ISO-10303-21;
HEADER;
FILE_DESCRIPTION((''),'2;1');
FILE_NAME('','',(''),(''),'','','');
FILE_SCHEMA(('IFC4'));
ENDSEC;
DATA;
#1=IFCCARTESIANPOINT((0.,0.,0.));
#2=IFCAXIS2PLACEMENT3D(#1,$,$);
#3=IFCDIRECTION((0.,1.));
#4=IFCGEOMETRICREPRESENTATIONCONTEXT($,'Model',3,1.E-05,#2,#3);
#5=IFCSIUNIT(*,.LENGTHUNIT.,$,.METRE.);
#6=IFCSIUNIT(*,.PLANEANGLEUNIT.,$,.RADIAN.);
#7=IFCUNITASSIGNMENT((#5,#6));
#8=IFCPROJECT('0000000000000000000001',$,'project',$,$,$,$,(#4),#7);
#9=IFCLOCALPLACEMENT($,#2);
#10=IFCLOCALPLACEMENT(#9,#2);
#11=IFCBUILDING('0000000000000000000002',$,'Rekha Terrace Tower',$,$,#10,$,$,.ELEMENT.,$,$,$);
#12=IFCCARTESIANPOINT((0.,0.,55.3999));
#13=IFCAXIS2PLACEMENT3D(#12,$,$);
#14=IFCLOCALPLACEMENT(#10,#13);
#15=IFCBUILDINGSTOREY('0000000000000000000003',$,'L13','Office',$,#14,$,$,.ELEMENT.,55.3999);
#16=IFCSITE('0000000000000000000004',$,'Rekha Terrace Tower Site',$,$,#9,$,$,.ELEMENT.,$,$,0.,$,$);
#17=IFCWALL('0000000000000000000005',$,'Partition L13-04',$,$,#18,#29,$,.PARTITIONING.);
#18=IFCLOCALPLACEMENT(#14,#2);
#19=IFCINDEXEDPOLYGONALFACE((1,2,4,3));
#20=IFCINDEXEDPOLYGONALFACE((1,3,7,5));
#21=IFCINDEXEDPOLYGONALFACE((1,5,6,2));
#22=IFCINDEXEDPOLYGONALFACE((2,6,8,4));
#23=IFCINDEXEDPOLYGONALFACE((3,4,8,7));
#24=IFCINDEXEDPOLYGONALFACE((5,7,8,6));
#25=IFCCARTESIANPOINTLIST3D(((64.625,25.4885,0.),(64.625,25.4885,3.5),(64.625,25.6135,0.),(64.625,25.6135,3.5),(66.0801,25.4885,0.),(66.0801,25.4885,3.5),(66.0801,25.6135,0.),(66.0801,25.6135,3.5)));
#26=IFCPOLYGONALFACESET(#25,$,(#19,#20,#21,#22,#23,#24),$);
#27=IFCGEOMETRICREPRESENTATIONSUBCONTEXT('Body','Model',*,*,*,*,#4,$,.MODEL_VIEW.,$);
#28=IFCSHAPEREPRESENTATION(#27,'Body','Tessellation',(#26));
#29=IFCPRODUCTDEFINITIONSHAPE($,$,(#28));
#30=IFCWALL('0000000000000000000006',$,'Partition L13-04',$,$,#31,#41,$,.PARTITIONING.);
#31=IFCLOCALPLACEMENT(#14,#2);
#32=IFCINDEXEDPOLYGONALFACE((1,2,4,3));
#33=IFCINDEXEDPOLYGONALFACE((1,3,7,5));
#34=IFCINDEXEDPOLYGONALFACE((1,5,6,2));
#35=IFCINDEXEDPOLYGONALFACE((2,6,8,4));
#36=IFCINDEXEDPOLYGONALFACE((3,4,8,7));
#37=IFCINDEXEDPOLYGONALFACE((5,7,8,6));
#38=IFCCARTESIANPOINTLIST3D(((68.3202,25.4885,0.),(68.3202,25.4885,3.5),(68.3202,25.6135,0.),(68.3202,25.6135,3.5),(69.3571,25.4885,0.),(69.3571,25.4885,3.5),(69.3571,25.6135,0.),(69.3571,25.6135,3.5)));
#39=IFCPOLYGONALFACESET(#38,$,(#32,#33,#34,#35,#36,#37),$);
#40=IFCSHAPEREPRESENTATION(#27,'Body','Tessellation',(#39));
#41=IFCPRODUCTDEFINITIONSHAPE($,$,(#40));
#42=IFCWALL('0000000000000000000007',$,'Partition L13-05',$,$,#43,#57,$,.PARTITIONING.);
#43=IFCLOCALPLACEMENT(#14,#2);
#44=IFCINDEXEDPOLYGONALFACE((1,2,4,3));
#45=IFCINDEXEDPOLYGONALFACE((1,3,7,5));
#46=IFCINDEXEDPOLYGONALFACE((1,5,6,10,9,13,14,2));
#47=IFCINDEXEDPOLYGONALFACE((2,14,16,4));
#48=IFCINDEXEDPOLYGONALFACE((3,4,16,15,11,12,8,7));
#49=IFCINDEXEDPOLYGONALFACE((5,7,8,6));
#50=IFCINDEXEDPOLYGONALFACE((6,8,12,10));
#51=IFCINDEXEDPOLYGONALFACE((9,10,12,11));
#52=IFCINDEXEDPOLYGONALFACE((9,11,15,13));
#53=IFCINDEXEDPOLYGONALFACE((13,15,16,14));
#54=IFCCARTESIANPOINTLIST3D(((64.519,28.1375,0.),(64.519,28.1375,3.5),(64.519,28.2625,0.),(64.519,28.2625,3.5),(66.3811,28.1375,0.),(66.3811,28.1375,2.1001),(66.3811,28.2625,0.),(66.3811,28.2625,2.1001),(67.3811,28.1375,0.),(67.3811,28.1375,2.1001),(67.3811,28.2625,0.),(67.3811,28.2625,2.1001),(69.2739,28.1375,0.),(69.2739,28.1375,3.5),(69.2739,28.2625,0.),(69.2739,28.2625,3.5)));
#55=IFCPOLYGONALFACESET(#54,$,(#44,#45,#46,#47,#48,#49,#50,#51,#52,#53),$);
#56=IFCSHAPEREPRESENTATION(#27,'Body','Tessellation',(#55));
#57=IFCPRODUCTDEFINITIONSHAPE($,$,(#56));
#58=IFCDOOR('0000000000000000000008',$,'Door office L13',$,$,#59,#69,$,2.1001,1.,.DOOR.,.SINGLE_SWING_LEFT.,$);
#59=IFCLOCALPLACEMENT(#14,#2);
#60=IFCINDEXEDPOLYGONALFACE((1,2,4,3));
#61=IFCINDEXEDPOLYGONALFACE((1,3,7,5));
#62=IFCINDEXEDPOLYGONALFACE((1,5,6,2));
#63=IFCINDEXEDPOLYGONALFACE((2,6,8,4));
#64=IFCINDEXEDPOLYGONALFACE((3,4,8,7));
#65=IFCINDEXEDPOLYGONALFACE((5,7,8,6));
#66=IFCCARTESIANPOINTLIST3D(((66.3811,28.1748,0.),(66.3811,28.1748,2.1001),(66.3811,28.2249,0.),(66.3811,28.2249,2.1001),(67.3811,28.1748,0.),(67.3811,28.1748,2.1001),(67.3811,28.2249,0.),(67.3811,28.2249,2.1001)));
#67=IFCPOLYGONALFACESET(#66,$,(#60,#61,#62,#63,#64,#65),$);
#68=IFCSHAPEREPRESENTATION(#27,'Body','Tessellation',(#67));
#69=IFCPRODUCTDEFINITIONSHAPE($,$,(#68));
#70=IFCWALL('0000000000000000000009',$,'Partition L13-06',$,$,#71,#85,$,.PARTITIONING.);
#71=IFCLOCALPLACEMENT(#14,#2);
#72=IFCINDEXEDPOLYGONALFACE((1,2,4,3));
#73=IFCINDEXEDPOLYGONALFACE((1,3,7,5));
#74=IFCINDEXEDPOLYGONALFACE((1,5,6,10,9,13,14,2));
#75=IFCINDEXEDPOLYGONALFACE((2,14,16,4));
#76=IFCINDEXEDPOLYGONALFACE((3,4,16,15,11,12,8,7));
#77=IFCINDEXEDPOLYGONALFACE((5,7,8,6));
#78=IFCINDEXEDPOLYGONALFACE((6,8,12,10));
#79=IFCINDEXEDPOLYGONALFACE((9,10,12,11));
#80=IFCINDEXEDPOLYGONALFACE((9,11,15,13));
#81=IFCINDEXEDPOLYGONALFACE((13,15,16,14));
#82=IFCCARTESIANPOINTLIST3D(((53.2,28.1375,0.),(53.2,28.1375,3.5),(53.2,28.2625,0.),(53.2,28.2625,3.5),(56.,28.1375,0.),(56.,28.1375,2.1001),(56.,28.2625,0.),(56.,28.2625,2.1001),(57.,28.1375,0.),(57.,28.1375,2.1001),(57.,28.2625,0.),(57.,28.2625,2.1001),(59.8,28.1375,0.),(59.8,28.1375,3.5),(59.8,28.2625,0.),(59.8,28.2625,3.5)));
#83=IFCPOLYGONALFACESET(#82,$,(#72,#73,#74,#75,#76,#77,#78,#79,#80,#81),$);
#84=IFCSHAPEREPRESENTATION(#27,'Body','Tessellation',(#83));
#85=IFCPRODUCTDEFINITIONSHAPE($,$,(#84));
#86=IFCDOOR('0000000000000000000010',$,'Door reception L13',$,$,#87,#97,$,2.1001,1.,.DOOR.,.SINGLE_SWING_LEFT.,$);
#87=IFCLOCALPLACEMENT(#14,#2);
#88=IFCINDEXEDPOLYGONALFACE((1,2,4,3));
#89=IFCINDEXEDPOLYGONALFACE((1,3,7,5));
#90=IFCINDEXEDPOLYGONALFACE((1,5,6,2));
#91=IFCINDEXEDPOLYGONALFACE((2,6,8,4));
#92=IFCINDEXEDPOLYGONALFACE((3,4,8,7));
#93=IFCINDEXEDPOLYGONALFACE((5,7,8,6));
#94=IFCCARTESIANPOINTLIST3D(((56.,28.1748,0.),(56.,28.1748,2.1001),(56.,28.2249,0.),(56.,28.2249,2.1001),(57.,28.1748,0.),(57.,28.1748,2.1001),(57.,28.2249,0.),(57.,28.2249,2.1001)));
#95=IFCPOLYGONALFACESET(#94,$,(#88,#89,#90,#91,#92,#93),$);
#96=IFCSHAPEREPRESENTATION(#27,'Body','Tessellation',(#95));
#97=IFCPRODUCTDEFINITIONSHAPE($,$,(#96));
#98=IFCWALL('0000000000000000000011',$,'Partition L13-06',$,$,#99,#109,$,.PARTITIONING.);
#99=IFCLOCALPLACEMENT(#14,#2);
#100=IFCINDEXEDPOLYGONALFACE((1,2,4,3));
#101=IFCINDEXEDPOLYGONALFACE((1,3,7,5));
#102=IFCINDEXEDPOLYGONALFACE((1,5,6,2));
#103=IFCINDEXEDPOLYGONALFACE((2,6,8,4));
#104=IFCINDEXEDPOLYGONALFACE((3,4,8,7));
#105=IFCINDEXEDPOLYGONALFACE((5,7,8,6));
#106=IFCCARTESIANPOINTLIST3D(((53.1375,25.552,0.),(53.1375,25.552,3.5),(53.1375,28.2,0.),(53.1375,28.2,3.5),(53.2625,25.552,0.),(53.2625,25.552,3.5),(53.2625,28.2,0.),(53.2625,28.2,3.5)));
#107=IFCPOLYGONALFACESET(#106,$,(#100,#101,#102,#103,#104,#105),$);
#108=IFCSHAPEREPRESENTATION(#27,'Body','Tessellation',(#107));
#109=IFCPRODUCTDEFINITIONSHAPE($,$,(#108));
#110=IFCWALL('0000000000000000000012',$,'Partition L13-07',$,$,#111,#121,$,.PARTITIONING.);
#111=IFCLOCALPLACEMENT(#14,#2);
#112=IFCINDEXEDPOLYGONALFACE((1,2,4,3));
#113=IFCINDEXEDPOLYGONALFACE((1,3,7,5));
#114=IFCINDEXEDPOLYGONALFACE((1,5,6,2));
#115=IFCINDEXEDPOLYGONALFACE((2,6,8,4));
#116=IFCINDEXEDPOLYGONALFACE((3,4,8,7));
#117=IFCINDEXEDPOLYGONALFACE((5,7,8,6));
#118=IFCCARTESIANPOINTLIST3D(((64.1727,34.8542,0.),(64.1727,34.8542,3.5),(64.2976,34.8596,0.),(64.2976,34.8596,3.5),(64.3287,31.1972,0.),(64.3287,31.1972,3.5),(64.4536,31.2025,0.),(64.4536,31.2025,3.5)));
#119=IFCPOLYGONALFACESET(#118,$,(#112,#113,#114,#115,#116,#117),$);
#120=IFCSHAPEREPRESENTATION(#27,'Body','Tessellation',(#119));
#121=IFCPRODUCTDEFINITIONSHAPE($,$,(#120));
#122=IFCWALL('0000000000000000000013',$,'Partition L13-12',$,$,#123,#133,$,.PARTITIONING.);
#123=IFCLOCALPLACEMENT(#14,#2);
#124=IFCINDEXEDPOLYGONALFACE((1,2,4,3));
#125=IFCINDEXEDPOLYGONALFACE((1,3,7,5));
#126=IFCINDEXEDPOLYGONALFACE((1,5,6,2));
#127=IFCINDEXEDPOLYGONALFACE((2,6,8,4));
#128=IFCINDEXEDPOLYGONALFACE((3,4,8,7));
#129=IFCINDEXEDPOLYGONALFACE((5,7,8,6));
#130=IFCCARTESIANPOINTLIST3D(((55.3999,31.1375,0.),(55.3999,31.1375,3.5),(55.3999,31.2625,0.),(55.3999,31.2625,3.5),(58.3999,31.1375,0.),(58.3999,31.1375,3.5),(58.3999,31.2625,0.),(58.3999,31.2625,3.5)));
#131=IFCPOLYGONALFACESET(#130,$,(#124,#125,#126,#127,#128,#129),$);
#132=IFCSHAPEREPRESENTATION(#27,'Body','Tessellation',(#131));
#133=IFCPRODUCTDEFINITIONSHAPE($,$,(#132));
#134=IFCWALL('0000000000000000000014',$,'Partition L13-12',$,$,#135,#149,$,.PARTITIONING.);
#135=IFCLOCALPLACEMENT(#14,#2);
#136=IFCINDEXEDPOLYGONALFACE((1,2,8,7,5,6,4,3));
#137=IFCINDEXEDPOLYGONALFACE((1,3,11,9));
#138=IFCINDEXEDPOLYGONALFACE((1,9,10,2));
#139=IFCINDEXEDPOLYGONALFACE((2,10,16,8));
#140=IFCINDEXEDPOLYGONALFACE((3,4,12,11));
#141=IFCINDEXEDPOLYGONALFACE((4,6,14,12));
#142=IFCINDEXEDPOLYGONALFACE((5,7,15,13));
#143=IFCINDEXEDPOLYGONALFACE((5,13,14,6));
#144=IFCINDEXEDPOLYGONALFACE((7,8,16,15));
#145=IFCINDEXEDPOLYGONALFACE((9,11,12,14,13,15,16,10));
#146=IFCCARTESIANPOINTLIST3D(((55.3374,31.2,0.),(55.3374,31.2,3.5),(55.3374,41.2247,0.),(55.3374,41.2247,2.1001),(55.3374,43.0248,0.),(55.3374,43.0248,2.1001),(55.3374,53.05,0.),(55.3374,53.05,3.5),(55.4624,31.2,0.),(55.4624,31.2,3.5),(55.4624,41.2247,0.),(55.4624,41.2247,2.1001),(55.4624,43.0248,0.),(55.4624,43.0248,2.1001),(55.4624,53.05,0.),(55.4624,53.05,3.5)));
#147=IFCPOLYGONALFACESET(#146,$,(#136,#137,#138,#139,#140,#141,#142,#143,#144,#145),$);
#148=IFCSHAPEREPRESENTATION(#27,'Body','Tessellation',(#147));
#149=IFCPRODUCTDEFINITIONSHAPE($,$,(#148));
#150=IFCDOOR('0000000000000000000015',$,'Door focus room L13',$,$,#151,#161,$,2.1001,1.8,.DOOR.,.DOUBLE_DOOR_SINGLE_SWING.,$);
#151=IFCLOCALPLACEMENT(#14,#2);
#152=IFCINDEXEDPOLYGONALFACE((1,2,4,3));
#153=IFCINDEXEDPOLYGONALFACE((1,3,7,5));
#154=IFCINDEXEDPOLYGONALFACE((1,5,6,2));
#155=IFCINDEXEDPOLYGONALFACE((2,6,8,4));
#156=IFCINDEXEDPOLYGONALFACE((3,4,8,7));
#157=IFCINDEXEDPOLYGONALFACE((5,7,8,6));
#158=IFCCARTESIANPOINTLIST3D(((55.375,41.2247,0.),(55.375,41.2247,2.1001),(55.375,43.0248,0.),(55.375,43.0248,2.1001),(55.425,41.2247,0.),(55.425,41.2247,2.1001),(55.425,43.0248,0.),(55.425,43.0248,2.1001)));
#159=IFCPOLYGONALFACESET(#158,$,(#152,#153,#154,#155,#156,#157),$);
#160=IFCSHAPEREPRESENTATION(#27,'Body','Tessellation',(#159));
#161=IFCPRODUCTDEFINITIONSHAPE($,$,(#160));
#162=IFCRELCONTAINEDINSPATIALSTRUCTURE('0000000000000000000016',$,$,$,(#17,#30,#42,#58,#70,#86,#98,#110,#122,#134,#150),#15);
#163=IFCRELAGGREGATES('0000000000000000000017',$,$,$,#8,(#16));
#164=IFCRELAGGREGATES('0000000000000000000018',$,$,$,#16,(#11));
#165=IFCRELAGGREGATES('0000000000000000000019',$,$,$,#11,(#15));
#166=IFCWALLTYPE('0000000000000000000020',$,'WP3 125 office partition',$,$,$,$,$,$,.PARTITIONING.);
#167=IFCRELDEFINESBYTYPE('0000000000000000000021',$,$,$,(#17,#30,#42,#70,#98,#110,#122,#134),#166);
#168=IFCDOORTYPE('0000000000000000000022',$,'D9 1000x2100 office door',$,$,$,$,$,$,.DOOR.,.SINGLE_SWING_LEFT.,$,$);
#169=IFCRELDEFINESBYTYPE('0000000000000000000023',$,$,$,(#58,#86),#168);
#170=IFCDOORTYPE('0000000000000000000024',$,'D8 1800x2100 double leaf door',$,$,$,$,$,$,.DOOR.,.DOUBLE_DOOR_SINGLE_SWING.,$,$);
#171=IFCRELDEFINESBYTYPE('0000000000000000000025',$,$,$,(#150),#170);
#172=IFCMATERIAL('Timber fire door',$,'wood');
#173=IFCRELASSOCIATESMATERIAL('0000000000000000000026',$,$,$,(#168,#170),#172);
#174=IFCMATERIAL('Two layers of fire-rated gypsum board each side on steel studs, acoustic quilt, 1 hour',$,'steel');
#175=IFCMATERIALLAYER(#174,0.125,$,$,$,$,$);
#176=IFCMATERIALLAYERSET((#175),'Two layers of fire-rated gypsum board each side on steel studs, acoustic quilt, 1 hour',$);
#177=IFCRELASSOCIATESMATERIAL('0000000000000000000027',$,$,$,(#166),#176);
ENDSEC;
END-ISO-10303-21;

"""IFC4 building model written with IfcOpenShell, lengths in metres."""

from ifc_helpers import new_model, si_unit, direction, frame, frame_2d, origin, place, context, subcontext, project, spatial, rectangle, extrude, material, layer, layer_set, type_object, element, fill, save


model = new_model("IFC4")

# Units and contexts
model_context = context("Model", 3, precision=1e-05, world=origin(), true_north=direction((0.0, 1.0)))
body_context = subcontext(model_context, "Body", "Model", "MODEL_VIEW")
ifc_project = project(units=[si_unit("LENGTHUNIT", "METRE"), si_unit("PLANEANGLEUNIT", "RADIAN")], contexts=[model_context])

# Site, building, storey
site_placement = place(None, origin())
site = spatial("IfcSite", under=ifc_project, at=site_placement, Name="Rekha Terrace Tower Site", CompositionType="ELEMENT", RefElevation=0.0)
building_placement = place(site_placement, origin())
building = spatial("IfcBuilding", under=site, at=building_placement, Name="Rekha Terrace Tower", CompositionType="ELEMENT")
storey_placement = place(building_placement, frame((0.0, 0.0, 55.3999)))
storey = spatial("IfcBuildingStorey", under=building, at=storey_placement, Name="L13", Description="Office", CompositionType="ELEMENT", Elevation=55.3999)

# Shared definitions
ifc_material_1 = material(Name="Timber fire door", Category="wood")
door_type_1 = type_object("IfcDoorType", Name="D9 1000x2100 office door", OperationType="SINGLE_SWING_LEFT", PredefinedType="DOOR", material=ifc_material_1)

# Shared definitions
ifc_material_2 = material(Name="Two layers of fire-rated gypsum board each side on steel studs, acoustic quilt, 1 hour", Category="steel")
ifc_layer_1 = layer(ifc_material_2, 0.125)
ifc_layer_set_1 = layer_set([ifc_layer_1], Name="Two layers of fire-rated gypsum board each side on steel studs, acoustic quilt, 1 hour")
wall_type_1 = type_object("IfcWallType", Name="WP3 125 office partition", PredefinedType="PARTITIONING", material=ifc_layer_set_1)

# Walls
wall_1_placement = place(storey_placement, frame((64.625, 25.551, 0.0), z_axis=(0.0, 0.0, 1.0), x_axis=(1.0, 0.0, 0.0)))
element("IfcWall", 1, at=wall_1_placement, inside=storey, type_object=wall_type_1, Name="Partition L13-04", PredefinedType="PARTITIONING", context=body_context, shape_type="SweptSolid", body=[
    extrude(rectangle(XDim=1.4551, YDim=0.125, at=frame_2d((0.7275, 0.0))), origin(), (0.0, 0.0, 1.0), 3.5),
])
wall_2_placement = place(storey_placement, frame((68.3201, 25.551, 0.0), z_axis=(0.0, 0.0, 1.0), x_axis=(1.0, 0.0, 0.0)))
element("IfcWall", 2, at=wall_2_placement, inside=storey, type_object=wall_type_1, Name="Partition L13-04", PredefinedType="PARTITIONING", context=body_context, shape_type="SweptSolid", body=[
    extrude(rectangle(XDim=1.0369, YDim=0.125, at=frame_2d((0.5186, 0.0))), origin(), (0.0, 0.0, 1.0), 3.5),
])

# Walls, openings, doors
wall_3_placement = place(storey_placement, frame((64.519, 28.2, 0.0), z_axis=(0.0, 0.0, 1.0), x_axis=(1.0, 0.0, 0.0)))
wall_3 = element("IfcWall", 3, at=wall_3_placement, inside=storey, type_object=wall_type_1, Name="Partition L13-05", PredefinedType="PARTITIONING", context=body_context, shape_type="SweptSolid", body=[
    extrude(rectangle(XDim=4.7549, YDim=0.125, at=frame_2d((2.3774, 0.0))), origin(), (0.0, 0.0, 1.0), 3.5),
])
opening_1_placement = place(wall_3_placement, frame((1.8621, 0.0, 0.0)))
opening_1 = element("IfcOpeningElement", 4, at=opening_1_placement, cuts=wall_3, PredefinedType="OPENING", context=body_context, shape_type="SweptSolid", body=[
    extrude(rectangle(XDim=1.0, YDim=2.1001, at=frame_2d((0.5, 1.05))), frame((0.0, 0.0725, 0.0), z_axis=(0.0, -1.0, 0.0), x_axis=(1.0, 0.0, 0.0)), (0.0, 0.0, 1.0), 0.145),
])
door_1_placement = place(opening_1_placement, origin())
door_1 = element("IfcDoor", 5, at=door_1_placement, inside=storey, type_object=door_type_1, Name="Door office L13", OperationType="SINGLE_SWING_LEFT", OverallHeight=2.1001, OverallWidth=1.0, PredefinedType="DOOR", context=body_context, shape_type="SweptSolid", body=[
    extrude(rectangle(XDim=1.0, YDim=2.1001, at=frame_2d((0.5, 1.05))), frame((0.0, 0.0249, 0.0), z_axis=(0.0, -1.0, 0.0), x_axis=(1.0, 0.0, 0.0)), (0.0, 0.0, 1.0), 0.05),
])
fill(opening_1, door_1)
wall_4_placement = place(storey_placement, frame((53.2, 28.2, 0.0), z_axis=(0.0, 0.0, 1.0), x_axis=(1.0, 0.0, 0.0)))
wall_4 = element("IfcWall", 6, at=wall_4_placement, inside=storey, type_object=wall_type_1, Name="Partition L13-06", PredefinedType="PARTITIONING", context=body_context, shape_type="SweptSolid", body=[
    extrude(rectangle(XDim=6.6001, YDim=0.125, at=frame_2d((3.3, 0.0))), origin(), (0.0, 0.0, 1.0), 3.5),
])
opening_2_placement = place(wall_4_placement, frame((2.8, 0.0, 0.0)))
opening_2 = element("IfcOpeningElement", 7, at=opening_2_placement, cuts=wall_4, PredefinedType="OPENING", context=body_context, shape_type="SweptSolid", body=[
    extrude(rectangle(XDim=1.0, YDim=2.1001, at=frame_2d((0.5, 1.05))), frame((0.0, 0.0725, 0.0), z_axis=(0.0, -1.0, 0.0), x_axis=(1.0, 0.0, 0.0)), (0.0, 0.0, 1.0), 0.145),
])
door_2_placement = place(opening_2_placement, origin())
door_2 = element("IfcDoor", 8, at=door_2_placement, inside=storey, type_object=door_type_1, Name="Door reception L13", OperationType="SINGLE_SWING_LEFT", OverallHeight=2.1001, OverallWidth=1.0, PredefinedType="DOOR", context=body_context, shape_type="SweptSolid", body=[
    extrude(rectangle(XDim=1.0, YDim=2.1001, at=frame_2d((0.5, 1.05))), frame((0.0, 0.0249, 0.0), z_axis=(0.0, -1.0, 0.0), x_axis=(1.0, 0.0, 0.0)), (0.0, 0.0, 1.0), 0.05),
])
fill(opening_2, door_2)

# Walls
wall_5_placement = place(storey_placement, frame((53.2, 25.552, 0.0), z_axis=(0.0, 0.0, 1.0), x_axis=(0.0, 1.0, 0.0)))
element("IfcWall", 9, at=wall_5_placement, inside=storey, type_object=wall_type_1, Name="Partition L13-06", PredefinedType="PARTITIONING", context=body_context, shape_type="SweptSolid", body=[
    extrude(rectangle(XDim=2.6479, YDim=0.125, at=frame_2d((1.324, 0.0))), origin(), (0.0, 0.0, 1.0), 3.5),
])
wall_6_placement = place(storey_placement, frame((64.3911, 31.2, 0.0), z_axis=(0.0, 0.0, 1.0), x_axis=(-0.042621, 0.999091, 0.0)))
element("IfcWall", 10, at=wall_6_placement, inside=storey, type_object=wall_type_1, Name="Partition L13-07", PredefinedType="PARTITIONING", context=body_context, shape_type="SweptSolid", body=[
    extrude(rectangle(XDim=3.6604, YDim=0.125, at=frame_2d((1.8301, 0.0))), origin(), (0.0, 0.0, 1.0), 3.5),
])
wall_7_placement = place(storey_placement, frame((58.3999, 31.2, 0.0), z_axis=(0.0, 0.0, 1.0), x_axis=(-1.0, 0.0, 0.0)))
element("IfcWall", 11, at=wall_7_placement, inside=storey, type_object=wall_type_1, Name="Partition L13-12", PredefinedType="PARTITIONING", context=body_context, shape_type="SweptSolid", body=[
    extrude(rectangle(XDim=3.0, YDim=0.125, at=frame_2d((1.5, 0.0))), origin(), (0.0, 0.0, 1.0), 3.5),
])

# Wall, opening, door
wall_8_placement = place(storey_placement, frame((55.3999, 31.2, 0.0), z_axis=(0.0, 0.0, 1.0), x_axis=(0.0, 1.0, 0.0)))
wall_8 = element("IfcWall", 12, at=wall_8_placement, inside=storey, type_object=wall_type_1, Name="Partition L13-12", PredefinedType="PARTITIONING", context=body_context, shape_type="SweptSolid", body=[
    extrude(rectangle(XDim=21.8501, YDim=0.125, at=frame_2d((10.925, 0.0))), origin(), (0.0, 0.0, 1.0), 3.5),
])
opening_3_placement = place(wall_8_placement, frame((10.0249, 0.0, 0.0)))
opening_3 = element("IfcOpeningElement", 13, at=opening_3_placement, cuts=wall_8, PredefinedType="OPENING", context=body_context, shape_type="SweptSolid", body=[
    extrude(rectangle(XDim=1.8, YDim=2.1001, at=frame_2d((0.8999, 1.05))), frame((0.0, 0.0725, 0.0), z_axis=(0.0, -1.0, 0.0), x_axis=(1.0, 0.0, 0.0)), (0.0, 0.0, 1.0), 0.145),
])
door_type_2 = type_object("IfcDoorType", Name="D8 1800x2100 double leaf door", OperationType="DOUBLE_DOOR_SINGLE_SWING", PredefinedType="DOOR", material=ifc_material_1)
door_3_placement = place(opening_3_placement, origin())
door_3 = element("IfcDoor", 14, at=door_3_placement, inside=storey, type_object=door_type_2, Name="Door focus room L13", OperationType="DOUBLE_DOOR_SINGLE_SWING", OverallHeight=2.1001, OverallWidth=1.8, PredefinedType="DOOR", context=body_context, shape_type="SweptSolid", body=[
    extrude(rectangle(XDim=1.8, YDim=2.1001, at=frame_2d((0.8999, 1.05))), frame((0.0, 0.0249, 0.0), z_axis=(0.0, -1.0, 0.0), x_axis=(1.0, 0.0, 0.0)), (0.0, 0.0, 1.0), 0.05),
])
fill(opening_3, door_3)

save(model, "model.ifc")
